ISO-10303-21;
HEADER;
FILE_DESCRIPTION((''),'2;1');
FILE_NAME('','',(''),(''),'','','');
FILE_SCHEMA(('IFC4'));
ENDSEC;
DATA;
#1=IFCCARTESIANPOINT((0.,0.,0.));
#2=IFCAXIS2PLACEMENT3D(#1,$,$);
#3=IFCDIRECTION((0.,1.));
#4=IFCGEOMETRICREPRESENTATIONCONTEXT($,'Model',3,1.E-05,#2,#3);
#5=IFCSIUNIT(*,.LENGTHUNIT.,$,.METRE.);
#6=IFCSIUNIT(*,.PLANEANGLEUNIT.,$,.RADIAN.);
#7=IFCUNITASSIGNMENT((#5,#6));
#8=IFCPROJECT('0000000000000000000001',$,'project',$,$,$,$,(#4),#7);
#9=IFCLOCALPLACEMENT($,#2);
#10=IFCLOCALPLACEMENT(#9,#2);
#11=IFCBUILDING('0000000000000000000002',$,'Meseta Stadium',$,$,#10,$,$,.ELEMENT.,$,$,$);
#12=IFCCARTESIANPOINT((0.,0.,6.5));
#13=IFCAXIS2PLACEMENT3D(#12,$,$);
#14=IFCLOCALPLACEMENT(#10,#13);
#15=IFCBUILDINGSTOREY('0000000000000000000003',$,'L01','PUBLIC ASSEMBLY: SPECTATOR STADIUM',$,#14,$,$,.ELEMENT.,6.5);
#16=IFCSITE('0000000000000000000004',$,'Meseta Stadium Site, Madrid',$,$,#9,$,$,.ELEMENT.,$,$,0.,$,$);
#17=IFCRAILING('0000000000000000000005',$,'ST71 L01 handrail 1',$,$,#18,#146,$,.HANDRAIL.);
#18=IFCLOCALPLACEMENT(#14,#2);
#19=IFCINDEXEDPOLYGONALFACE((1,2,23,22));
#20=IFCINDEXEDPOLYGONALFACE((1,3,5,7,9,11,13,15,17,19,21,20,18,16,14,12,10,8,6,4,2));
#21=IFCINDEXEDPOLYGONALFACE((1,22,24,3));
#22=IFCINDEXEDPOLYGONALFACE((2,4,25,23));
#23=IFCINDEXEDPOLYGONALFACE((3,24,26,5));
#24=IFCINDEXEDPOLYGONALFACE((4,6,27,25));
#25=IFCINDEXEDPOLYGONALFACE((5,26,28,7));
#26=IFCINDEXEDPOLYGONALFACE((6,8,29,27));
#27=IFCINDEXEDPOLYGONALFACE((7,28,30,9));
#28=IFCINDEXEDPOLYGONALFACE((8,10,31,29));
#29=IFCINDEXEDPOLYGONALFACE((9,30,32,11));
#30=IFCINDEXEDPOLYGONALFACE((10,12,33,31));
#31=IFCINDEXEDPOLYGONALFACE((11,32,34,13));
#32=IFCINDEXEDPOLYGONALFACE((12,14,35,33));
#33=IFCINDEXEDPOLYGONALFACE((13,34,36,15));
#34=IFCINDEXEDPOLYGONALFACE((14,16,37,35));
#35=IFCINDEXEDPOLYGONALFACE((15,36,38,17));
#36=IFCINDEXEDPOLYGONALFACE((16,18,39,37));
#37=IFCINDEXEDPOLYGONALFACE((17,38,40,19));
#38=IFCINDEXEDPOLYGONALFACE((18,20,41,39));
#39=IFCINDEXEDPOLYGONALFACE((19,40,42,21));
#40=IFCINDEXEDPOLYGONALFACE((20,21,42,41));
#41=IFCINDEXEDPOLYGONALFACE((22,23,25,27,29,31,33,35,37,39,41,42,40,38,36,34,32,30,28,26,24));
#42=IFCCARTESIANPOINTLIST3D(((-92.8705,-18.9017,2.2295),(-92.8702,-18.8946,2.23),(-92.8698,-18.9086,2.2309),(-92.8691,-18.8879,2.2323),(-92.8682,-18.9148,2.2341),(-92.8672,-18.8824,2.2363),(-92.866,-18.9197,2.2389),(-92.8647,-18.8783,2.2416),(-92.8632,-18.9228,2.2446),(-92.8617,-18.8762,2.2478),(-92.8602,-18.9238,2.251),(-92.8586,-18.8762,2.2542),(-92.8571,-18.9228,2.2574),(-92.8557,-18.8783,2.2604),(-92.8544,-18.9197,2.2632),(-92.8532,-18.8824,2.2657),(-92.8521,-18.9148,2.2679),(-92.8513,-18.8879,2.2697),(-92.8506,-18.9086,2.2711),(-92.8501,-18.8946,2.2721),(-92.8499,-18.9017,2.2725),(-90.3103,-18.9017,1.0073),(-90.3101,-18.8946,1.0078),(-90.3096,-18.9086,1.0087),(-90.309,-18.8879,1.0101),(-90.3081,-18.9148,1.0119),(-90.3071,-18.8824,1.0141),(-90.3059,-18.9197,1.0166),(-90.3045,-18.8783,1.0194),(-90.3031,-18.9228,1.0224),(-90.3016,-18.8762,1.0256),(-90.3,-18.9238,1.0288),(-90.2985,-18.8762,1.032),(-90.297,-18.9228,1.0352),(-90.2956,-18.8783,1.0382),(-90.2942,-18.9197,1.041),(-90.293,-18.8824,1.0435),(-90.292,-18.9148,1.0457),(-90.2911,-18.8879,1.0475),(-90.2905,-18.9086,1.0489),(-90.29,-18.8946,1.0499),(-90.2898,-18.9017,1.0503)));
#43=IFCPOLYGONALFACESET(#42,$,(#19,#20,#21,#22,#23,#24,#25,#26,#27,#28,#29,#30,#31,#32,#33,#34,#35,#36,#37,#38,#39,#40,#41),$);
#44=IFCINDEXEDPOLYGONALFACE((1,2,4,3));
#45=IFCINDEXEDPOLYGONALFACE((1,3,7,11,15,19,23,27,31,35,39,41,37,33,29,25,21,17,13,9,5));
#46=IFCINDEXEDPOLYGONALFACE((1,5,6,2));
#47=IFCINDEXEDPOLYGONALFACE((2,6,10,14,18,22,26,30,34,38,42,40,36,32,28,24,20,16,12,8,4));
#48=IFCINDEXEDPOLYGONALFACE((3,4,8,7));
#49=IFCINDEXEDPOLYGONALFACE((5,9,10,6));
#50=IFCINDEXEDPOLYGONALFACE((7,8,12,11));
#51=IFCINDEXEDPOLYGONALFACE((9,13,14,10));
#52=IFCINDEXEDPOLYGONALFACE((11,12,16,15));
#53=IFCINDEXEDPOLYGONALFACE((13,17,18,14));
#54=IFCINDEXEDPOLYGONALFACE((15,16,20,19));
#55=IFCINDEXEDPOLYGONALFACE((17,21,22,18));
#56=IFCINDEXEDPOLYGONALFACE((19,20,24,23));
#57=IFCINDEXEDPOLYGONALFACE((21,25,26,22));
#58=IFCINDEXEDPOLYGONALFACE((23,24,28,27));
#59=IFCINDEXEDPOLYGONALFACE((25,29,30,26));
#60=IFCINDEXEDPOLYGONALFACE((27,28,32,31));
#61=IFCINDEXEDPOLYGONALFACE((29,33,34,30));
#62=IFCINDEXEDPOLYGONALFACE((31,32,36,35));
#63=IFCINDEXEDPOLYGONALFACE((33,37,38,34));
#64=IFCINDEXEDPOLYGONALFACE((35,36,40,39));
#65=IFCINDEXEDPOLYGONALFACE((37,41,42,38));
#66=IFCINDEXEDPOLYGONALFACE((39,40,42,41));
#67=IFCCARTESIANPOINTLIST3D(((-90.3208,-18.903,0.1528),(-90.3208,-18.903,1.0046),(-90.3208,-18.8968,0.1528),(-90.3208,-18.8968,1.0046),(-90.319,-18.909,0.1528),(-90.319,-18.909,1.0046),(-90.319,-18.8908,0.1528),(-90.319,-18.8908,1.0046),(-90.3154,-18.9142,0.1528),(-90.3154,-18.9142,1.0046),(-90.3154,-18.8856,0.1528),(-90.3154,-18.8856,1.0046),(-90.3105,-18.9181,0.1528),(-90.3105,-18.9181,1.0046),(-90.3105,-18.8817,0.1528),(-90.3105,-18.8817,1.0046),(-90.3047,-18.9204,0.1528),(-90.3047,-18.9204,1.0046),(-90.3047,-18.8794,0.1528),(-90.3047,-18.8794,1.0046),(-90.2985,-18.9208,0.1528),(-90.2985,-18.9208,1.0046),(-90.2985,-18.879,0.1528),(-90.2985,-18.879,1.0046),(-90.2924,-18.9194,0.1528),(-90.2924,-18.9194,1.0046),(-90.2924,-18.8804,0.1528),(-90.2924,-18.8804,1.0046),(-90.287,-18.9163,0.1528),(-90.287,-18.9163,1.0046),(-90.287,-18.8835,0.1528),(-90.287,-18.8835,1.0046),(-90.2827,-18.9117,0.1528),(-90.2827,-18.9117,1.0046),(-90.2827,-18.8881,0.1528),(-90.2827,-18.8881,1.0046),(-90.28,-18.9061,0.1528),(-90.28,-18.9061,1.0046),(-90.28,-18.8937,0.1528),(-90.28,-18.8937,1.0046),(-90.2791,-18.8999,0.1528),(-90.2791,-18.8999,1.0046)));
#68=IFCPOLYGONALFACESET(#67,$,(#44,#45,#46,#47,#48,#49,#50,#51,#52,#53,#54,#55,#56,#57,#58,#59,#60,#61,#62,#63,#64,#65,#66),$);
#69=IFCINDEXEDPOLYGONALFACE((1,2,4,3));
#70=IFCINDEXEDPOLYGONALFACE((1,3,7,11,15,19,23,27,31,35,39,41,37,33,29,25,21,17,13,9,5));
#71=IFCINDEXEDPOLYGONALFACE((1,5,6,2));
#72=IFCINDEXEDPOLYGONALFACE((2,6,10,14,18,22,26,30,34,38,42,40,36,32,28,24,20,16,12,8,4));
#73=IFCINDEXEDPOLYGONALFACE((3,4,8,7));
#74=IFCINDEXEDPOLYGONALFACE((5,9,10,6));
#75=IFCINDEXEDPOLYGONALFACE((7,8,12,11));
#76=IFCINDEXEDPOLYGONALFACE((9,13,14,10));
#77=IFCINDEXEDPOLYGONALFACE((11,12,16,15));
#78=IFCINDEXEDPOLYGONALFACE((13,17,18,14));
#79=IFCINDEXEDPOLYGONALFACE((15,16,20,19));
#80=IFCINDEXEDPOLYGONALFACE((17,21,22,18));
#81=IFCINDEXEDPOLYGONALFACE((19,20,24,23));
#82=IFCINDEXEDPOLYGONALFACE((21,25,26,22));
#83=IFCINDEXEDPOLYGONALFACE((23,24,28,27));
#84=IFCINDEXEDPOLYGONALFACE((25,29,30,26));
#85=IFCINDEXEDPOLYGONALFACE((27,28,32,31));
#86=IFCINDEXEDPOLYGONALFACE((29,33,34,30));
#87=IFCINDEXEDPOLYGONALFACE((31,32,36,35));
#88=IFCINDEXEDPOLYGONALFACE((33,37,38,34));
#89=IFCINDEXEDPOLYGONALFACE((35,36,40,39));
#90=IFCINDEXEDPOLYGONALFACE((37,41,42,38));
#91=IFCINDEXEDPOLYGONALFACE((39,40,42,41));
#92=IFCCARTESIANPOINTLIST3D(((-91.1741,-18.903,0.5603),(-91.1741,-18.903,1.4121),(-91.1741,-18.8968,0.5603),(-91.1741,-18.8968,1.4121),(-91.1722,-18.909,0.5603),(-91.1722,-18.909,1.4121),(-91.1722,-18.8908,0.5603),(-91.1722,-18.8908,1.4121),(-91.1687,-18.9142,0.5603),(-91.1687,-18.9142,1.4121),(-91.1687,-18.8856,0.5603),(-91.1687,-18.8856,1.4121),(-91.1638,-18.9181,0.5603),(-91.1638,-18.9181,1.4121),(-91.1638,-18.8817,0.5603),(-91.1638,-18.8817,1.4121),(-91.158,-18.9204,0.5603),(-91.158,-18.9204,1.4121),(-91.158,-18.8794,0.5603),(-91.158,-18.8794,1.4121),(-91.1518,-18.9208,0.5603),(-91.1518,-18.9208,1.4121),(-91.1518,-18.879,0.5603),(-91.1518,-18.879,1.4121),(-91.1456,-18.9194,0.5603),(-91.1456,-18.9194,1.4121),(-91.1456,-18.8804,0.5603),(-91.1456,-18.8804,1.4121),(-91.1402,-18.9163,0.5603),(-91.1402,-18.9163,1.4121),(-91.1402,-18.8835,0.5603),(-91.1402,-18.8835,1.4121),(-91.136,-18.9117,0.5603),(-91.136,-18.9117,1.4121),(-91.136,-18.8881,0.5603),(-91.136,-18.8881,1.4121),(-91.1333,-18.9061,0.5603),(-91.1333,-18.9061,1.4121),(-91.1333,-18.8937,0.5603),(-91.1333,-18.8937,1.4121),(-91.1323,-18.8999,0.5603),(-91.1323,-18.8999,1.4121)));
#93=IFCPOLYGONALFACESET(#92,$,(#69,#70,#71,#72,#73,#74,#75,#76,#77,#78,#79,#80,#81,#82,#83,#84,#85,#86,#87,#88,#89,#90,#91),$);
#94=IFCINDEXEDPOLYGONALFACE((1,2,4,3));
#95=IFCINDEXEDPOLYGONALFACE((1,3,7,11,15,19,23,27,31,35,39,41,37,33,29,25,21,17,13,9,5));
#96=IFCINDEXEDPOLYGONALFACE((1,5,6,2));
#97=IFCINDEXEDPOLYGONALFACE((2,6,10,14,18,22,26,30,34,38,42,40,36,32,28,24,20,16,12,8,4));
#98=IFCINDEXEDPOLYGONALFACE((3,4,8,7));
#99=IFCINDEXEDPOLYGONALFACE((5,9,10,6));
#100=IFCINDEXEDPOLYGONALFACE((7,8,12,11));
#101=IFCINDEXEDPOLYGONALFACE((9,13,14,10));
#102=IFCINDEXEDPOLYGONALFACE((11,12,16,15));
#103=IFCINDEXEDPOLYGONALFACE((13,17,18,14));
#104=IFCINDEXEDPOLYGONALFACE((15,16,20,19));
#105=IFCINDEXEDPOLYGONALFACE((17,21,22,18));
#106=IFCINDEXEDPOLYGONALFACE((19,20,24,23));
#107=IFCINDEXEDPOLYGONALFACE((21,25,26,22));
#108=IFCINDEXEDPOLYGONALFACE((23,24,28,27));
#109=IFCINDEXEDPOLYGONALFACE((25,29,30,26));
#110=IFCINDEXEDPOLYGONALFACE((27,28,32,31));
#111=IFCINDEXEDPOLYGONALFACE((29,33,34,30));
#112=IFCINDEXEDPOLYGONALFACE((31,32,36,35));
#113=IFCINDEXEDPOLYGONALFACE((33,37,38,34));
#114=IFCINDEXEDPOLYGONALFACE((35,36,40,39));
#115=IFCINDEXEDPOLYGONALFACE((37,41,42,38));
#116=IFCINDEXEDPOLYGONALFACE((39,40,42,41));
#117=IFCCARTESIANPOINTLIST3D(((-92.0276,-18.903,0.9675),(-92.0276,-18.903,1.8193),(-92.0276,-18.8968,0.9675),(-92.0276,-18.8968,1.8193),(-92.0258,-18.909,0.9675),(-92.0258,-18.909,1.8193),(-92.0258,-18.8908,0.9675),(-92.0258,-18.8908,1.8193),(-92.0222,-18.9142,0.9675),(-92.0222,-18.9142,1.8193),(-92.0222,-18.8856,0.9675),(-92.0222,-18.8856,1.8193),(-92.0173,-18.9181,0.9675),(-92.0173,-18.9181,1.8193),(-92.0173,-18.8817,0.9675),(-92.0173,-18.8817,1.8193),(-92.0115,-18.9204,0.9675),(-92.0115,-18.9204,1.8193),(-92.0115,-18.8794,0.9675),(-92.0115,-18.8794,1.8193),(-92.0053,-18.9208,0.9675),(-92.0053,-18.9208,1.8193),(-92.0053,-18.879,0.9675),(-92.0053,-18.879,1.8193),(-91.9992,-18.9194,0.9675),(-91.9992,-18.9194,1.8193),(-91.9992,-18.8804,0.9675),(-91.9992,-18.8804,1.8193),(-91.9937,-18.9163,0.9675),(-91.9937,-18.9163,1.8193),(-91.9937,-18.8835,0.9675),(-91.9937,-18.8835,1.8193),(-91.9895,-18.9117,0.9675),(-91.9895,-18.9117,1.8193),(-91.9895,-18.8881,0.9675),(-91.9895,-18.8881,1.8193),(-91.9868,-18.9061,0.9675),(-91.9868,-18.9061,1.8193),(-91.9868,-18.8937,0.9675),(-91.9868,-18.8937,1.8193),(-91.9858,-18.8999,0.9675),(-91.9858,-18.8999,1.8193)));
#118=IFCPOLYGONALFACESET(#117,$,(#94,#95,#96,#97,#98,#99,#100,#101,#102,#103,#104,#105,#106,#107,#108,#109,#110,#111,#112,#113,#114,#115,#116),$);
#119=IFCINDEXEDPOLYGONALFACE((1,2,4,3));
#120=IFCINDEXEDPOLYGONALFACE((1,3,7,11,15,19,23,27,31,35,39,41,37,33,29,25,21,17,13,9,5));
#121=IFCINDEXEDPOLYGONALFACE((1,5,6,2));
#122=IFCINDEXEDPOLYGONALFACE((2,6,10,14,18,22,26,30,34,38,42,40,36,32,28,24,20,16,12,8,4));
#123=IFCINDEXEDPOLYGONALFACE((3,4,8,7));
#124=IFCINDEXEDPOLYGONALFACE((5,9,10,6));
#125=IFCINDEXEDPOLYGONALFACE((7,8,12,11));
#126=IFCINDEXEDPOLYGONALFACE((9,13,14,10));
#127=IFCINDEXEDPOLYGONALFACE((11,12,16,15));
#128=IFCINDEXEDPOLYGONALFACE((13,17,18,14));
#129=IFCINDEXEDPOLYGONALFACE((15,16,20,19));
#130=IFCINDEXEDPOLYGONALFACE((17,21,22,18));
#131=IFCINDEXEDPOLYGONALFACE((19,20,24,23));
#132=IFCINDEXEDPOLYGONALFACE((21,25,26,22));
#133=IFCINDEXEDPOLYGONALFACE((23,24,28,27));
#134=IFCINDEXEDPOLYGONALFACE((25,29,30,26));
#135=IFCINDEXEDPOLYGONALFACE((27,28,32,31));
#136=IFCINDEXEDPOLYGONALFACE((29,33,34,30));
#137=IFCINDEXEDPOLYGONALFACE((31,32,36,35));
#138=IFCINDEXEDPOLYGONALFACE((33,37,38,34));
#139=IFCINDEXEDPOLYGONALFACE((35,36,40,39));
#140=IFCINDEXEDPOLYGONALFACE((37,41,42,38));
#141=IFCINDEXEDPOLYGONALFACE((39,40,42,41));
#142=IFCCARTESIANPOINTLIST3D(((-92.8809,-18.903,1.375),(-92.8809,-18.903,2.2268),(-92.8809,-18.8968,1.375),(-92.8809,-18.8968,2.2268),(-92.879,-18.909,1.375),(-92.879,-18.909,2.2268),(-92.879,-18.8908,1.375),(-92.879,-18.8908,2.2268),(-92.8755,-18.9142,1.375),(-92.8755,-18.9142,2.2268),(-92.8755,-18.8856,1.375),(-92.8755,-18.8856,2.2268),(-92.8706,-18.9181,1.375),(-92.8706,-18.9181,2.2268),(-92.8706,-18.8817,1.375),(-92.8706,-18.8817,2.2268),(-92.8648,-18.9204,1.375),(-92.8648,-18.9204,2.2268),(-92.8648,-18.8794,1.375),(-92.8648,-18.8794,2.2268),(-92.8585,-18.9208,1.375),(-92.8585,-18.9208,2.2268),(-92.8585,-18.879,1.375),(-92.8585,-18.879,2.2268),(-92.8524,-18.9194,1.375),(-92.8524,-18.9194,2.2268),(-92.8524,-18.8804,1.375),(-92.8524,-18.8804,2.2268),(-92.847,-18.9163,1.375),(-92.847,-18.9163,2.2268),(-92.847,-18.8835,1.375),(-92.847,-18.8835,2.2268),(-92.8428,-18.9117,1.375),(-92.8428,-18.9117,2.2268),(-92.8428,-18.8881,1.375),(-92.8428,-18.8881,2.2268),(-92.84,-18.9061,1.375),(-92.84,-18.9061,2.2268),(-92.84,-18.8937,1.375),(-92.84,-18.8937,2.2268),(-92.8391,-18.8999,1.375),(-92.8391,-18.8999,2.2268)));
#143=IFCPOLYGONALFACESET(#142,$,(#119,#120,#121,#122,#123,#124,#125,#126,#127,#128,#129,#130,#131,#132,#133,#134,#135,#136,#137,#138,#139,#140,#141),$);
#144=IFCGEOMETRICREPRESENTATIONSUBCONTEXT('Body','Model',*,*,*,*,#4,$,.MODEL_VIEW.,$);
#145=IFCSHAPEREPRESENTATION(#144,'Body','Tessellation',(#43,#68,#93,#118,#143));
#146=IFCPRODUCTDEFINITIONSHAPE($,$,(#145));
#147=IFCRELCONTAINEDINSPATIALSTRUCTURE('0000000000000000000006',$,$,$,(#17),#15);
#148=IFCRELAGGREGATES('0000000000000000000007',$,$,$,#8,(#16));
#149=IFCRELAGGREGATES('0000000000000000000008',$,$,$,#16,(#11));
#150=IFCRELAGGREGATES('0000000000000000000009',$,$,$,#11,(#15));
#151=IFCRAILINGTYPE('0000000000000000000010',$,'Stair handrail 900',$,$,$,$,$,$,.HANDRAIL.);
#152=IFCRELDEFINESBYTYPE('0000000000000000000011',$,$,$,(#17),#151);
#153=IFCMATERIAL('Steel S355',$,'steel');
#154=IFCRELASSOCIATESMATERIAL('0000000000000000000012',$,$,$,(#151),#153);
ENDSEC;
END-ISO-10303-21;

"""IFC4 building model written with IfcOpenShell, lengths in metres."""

from ifc_helpers import new_model, si_unit, direction, frame, origin, origin_2d, place, context, subcontext, project, spatial, circle, extrude, material, type_object, element, save


model = new_model("IFC4")

# Units and contexts
model_context = context("Model", 3, precision=1e-05, world=origin(), true_north=direction((0.0, 1.0)))
body_context = subcontext(model_context, "Body", "Model", "MODEL_VIEW")
ifc_project = project(units=[si_unit("LENGTHUNIT", "METRE"), si_unit("PLANEANGLEUNIT", "RADIAN")], contexts=[model_context])

# Site, building, storey
site_placement = place(None, origin())
site = spatial("IfcSite", under=ifc_project, at=site_placement, Name="Meseta Stadium Site, Madrid", CompositionType="ELEMENT", RefElevation=0.0)
building_placement = place(site_placement, origin())
building = spatial("IfcBuilding", under=site, at=building_placement, Name="Meseta Stadium", CompositionType="ELEMENT")
storey_placement = place(building_placement, frame((0.0, 0.0, 6.5)))
storey = spatial("IfcBuildingStorey", under=building, at=storey_placement, Name="L01", Description="PUBLIC ASSEMBLY: SPECTATOR STADIUM", CompositionType="ELEMENT", Elevation=6.5)

# Railing
ifc_material_1 = material(Name="Steel S355", Category="steel")
railing_type_1 = type_object("IfcRailingType", Name="Stair handrail 900", PredefinedType="HANDRAIL", material=ifc_material_1)
for number, where, name in (
    (1, (-90.3, -18.8999, 0.1528), "ST71 L01 handrail 1"),
):
    element("IfcRailing", number, at=place(storey_placement, frame(where)), inside=storey, type_object=railing_type_1, Name=name, PredefinedType="HANDRAIL", context=body_context, shape_type="SweptSolid", body=[
        extrude(circle(Radius=0.0239, at=origin_2d()), frame((0.0, 0.0, 0.876), z_axis=(-0.902437, 0.0, 0.430822), x_axis=(0.0, -1.0, 0.0)), (0.0, 0.0, 1.0), 2.8369),
        extrude(circle(Radius=0.021, at=origin_2d()), origin(), (0.0, 0.0, 1.0), 0.8518),
        extrude(circle(Radius=0.021, at=origin_2d()), frame((-0.8533, 0.0, 0.4075)), (0.0, 0.0, 1.0), 0.8518),
        extrude(circle(Radius=0.021, at=origin_2d()), frame((-1.7068, 0.0, 0.8147)), (0.0, 0.0, 1.0), 0.8518),
        extrude(circle(Radius=0.021, at=origin_2d()), frame((-2.5601, 0.0, 1.2222)), (0.0, 0.0, 1.0), 0.8518),
    ])

save(model, "model.ifc")
